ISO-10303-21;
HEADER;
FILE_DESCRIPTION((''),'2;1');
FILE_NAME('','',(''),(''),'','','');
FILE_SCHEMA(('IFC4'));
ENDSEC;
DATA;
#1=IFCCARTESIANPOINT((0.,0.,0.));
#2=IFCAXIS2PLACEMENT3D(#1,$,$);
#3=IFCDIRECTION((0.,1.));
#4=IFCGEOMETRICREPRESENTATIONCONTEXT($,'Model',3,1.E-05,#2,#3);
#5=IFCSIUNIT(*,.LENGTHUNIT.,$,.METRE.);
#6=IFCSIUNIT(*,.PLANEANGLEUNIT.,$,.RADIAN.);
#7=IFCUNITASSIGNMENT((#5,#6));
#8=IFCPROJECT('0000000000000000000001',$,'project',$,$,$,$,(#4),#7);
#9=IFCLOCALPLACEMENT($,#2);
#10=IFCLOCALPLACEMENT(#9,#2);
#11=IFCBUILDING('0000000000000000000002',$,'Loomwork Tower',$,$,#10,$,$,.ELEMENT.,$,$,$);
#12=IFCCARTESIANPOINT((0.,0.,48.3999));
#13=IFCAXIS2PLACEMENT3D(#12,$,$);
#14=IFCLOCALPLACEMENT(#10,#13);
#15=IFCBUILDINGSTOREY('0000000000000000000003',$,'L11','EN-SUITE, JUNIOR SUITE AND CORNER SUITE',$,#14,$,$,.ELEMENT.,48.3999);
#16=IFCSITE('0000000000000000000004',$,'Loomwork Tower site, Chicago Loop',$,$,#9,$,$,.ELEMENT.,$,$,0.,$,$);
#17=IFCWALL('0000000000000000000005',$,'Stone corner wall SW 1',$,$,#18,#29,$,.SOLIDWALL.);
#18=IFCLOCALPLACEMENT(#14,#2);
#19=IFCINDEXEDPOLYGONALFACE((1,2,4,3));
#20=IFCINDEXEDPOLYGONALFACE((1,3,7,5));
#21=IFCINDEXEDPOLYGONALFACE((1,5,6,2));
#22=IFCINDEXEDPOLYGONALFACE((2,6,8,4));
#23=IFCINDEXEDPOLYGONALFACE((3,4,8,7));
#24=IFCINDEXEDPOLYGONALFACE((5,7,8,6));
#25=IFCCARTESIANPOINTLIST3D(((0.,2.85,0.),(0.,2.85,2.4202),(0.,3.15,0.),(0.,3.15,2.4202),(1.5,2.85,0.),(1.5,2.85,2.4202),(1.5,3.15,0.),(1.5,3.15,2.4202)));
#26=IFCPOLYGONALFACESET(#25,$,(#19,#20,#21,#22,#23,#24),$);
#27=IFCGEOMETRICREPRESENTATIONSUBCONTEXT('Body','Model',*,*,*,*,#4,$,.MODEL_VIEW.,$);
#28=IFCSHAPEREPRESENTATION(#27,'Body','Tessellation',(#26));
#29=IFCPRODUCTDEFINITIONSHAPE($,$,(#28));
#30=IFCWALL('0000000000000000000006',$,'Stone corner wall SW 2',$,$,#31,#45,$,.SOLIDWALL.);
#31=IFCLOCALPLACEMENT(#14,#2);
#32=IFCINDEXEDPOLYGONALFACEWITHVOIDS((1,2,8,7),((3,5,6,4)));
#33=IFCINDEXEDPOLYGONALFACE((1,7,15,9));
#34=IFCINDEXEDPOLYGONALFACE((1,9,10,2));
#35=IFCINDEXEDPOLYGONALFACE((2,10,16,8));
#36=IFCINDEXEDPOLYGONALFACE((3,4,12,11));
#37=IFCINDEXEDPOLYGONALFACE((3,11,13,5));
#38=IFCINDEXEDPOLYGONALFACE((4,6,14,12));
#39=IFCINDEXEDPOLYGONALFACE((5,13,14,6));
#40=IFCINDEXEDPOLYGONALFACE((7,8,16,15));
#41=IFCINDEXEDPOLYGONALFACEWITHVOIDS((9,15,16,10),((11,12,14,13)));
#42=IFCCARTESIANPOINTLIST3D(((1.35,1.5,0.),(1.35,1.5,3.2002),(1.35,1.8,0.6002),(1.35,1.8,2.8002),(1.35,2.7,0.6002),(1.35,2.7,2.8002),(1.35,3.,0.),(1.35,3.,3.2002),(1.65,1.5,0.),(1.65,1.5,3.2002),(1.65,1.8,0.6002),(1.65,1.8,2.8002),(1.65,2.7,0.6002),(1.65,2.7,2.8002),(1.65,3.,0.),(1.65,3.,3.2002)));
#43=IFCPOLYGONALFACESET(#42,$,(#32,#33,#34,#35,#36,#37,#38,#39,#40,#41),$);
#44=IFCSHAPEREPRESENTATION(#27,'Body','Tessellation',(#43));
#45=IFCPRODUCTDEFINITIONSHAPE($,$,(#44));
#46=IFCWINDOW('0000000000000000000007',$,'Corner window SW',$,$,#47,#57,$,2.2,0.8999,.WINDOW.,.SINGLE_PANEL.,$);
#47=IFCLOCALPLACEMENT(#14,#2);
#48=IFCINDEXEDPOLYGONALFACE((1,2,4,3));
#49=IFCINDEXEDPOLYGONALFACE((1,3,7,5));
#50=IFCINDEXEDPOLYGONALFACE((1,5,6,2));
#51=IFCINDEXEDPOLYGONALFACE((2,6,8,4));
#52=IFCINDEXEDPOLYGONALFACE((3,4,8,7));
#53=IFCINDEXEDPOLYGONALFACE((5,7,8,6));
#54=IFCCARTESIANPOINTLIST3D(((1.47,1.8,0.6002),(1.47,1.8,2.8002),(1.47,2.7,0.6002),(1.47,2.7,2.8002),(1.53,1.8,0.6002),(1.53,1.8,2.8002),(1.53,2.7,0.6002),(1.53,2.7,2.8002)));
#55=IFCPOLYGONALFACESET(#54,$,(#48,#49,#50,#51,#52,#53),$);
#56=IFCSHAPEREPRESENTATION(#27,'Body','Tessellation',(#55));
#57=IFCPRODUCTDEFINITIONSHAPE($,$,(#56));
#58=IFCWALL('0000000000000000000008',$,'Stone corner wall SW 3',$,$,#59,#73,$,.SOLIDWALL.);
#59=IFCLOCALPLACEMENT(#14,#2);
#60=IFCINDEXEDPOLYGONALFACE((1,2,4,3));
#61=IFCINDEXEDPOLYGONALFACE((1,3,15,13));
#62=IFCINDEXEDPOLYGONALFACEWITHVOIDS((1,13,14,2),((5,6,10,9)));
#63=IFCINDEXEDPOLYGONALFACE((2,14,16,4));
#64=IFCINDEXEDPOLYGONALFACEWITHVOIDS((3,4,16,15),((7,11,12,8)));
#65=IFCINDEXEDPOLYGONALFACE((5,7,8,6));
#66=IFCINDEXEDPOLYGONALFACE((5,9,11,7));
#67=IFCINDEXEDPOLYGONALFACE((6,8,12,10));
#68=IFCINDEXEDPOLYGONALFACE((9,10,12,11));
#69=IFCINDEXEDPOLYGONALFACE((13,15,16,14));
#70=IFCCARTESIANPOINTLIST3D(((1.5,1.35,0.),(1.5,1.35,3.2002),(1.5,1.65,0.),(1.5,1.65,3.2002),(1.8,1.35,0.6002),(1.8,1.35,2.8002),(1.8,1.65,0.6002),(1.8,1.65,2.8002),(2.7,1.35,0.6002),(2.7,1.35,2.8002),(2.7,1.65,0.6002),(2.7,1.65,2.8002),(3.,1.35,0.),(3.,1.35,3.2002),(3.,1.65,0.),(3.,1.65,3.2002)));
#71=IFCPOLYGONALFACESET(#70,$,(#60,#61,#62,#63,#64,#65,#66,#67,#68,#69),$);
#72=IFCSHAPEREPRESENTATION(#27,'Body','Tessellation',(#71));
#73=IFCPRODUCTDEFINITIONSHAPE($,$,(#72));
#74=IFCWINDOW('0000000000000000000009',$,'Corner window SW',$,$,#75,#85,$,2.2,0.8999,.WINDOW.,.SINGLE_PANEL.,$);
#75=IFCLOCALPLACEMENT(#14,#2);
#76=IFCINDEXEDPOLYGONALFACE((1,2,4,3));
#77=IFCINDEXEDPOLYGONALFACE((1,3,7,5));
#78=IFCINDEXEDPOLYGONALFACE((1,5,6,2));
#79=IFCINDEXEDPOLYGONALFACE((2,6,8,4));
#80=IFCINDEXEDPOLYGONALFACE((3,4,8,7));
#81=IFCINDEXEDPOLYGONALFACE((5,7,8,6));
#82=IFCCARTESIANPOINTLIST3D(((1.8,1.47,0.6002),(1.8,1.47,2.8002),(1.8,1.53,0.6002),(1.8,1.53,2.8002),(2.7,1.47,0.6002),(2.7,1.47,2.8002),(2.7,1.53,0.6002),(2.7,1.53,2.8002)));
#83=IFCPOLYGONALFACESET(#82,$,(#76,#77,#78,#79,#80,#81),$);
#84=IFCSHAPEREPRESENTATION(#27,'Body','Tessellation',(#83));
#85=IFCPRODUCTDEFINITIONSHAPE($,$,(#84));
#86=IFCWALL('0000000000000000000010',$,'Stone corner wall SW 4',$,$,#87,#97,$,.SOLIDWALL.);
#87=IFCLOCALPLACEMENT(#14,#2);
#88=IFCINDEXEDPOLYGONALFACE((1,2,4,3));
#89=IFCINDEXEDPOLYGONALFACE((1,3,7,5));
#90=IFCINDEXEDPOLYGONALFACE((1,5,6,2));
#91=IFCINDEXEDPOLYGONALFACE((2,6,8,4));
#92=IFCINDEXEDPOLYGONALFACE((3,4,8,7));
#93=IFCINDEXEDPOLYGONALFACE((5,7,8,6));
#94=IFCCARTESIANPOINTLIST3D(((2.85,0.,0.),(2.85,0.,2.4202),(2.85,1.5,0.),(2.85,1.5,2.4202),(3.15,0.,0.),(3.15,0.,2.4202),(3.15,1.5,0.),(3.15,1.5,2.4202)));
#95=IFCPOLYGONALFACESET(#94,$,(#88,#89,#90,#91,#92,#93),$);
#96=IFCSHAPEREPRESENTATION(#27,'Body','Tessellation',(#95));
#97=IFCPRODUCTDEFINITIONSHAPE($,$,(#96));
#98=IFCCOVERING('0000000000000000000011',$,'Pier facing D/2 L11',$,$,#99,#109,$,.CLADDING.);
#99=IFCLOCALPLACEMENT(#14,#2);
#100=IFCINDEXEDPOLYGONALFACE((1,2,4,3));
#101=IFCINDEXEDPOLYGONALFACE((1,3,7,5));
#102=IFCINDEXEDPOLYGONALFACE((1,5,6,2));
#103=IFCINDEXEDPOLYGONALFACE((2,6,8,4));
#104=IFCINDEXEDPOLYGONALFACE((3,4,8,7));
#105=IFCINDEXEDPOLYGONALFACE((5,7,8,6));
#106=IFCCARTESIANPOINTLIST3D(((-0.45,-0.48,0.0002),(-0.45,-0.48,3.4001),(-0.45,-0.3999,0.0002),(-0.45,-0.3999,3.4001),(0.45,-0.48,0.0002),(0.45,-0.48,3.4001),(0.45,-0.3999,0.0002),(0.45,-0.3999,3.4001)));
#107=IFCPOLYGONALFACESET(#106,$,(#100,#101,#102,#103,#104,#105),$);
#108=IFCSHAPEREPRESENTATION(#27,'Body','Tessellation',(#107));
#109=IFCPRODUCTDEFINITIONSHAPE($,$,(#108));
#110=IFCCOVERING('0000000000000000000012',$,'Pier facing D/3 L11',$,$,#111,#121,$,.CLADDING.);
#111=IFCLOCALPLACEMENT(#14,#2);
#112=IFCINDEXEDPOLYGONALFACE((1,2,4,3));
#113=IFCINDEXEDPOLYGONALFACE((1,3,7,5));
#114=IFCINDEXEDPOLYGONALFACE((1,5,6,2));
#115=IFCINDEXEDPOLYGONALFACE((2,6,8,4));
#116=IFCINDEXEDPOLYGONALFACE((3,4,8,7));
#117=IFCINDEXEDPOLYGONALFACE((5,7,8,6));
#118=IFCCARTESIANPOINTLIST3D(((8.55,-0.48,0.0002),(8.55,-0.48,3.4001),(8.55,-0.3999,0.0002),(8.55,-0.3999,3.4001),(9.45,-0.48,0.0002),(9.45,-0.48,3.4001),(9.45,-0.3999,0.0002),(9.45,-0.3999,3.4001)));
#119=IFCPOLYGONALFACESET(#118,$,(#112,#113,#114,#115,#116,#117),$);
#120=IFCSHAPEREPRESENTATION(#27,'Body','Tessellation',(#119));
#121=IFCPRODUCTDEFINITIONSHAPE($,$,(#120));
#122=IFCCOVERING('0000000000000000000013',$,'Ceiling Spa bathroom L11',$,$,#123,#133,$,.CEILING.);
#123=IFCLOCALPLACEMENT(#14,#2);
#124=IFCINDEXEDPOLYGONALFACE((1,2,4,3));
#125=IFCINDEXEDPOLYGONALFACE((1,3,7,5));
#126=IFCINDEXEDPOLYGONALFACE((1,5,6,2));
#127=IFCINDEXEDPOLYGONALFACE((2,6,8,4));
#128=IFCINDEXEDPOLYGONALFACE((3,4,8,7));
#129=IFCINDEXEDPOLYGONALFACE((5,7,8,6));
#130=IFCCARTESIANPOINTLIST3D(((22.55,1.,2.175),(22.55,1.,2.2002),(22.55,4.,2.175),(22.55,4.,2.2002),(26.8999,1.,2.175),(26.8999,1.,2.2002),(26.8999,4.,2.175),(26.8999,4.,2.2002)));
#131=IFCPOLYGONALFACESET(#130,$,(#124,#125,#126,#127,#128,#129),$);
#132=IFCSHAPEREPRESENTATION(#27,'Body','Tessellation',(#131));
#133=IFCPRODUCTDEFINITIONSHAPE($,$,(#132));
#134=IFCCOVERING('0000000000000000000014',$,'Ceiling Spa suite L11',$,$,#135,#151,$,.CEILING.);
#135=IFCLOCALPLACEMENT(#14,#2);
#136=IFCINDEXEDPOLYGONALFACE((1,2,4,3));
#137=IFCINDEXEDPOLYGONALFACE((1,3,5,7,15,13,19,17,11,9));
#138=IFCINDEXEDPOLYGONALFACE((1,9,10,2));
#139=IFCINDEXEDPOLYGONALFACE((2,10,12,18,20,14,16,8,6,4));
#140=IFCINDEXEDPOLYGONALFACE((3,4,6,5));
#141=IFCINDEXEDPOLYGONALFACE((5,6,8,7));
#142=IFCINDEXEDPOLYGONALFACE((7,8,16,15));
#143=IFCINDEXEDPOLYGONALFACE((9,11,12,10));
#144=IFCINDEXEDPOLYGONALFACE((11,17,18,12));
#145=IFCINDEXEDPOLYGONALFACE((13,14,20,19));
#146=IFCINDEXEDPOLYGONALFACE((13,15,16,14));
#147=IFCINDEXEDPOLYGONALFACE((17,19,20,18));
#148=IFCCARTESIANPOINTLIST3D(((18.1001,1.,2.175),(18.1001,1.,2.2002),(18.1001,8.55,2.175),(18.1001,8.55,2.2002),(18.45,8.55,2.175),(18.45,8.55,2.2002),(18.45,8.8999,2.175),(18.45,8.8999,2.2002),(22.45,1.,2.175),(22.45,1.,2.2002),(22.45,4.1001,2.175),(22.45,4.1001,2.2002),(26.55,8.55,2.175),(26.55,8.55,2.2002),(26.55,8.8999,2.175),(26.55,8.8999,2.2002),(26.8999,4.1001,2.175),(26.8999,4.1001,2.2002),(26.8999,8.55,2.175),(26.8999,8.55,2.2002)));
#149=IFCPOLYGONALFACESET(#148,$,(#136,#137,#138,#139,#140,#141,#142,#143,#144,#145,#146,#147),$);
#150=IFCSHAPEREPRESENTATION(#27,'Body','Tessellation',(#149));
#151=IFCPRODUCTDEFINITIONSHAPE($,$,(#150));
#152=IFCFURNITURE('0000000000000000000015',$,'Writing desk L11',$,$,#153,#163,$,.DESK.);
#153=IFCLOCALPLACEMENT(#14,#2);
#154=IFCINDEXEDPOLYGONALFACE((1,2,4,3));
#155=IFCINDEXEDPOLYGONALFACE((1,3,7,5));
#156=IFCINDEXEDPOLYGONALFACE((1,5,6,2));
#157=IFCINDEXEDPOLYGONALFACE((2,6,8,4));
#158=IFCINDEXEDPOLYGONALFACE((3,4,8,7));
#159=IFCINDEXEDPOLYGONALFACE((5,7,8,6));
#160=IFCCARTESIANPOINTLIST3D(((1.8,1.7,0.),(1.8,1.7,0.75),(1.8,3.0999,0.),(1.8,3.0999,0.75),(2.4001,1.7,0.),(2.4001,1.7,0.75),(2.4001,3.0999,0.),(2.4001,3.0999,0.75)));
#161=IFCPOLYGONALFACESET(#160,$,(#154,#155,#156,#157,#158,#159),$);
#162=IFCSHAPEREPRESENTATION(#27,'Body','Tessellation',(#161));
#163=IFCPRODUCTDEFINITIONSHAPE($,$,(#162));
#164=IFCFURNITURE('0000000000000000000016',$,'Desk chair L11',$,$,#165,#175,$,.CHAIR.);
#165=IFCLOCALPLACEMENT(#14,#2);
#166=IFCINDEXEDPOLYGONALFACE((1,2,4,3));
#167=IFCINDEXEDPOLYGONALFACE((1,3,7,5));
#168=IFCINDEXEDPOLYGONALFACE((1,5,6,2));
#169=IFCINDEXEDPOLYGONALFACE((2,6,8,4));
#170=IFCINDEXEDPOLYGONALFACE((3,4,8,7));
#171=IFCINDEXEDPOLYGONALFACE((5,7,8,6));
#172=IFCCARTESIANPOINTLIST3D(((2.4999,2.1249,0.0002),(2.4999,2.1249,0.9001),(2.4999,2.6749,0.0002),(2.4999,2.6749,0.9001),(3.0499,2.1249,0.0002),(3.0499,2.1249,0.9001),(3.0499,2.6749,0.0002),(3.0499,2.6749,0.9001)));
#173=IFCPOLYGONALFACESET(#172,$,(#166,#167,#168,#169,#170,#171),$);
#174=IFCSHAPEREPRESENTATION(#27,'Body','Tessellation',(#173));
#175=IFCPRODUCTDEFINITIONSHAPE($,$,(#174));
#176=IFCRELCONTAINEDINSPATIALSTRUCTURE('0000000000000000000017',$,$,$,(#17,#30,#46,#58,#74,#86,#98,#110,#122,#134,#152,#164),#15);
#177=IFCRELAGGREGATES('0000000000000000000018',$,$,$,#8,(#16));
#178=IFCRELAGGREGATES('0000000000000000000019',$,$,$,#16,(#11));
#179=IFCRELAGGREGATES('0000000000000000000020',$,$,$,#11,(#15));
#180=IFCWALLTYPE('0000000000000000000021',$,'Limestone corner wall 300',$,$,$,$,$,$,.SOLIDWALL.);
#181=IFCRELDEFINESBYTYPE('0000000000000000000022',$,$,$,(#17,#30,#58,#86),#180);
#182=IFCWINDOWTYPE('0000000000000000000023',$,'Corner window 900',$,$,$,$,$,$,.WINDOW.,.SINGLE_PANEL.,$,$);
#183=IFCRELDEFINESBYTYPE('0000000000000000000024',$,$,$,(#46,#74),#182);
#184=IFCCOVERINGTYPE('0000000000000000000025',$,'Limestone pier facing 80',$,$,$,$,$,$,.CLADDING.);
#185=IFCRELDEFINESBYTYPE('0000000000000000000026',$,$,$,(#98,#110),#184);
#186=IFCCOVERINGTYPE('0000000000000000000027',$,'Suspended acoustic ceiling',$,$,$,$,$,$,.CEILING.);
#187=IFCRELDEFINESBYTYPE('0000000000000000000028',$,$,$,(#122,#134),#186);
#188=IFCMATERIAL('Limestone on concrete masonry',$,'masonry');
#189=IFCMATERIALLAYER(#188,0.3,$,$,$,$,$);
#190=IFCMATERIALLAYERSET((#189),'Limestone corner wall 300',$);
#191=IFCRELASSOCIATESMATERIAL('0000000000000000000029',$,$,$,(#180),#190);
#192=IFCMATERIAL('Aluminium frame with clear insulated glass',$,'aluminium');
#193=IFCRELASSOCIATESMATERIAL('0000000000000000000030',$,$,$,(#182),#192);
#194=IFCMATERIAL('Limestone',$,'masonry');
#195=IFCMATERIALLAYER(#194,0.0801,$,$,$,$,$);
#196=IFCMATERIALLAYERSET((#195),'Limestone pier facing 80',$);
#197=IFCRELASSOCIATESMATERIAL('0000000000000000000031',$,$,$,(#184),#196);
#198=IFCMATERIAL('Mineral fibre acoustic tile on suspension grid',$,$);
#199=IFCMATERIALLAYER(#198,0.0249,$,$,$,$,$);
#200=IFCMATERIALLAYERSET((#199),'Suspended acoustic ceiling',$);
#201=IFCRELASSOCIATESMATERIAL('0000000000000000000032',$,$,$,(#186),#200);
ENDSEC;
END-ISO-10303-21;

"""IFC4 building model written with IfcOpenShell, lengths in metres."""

from ifc_helpers import new_model, si_unit, direction, frame, frame_2d, origin, origin_2d, place, context, subcontext, project, spatial, polyline, rectangle, outline, extrude, material, layer, layer_set, type_object, element, fill, save


model = new_model("IFC4")

# Units and contexts
model_context = context("Model", 3, precision=1e-05, world=origin(), true_north=direction((0.0, 1.0)))
body_context = subcontext(model_context, "Body", "Model", "MODEL_VIEW")
ifc_project = project(units=[si_unit("LENGTHUNIT", "METRE"), si_unit("PLANEANGLEUNIT", "RADIAN")], contexts=[model_context])

# Site, building, storey
site_placement = place(None, origin())
site = spatial("IfcSite", under=ifc_project, at=site_placement, Name="Loomwork Tower site, Chicago Loop", CompositionType="ELEMENT", RefElevation=0.0)
building_placement = place(site_placement, origin())
building = spatial("IfcBuilding", under=site, at=building_placement, Name="Loomwork Tower", CompositionType="ELEMENT")
storey_placement = place(building_placement, frame((0.0, 0.0, 48.3999)))
storey = spatial("IfcBuildingStorey", under=building, at=storey_placement, Name="L11", Description="EN-SUITE, JUNIOR SUITE AND CORNER SUITE", CompositionType="ELEMENT", Elevation=48.3999)

# Wall
ifc_material_1 = material(Name="Limestone on concrete masonry", Category="masonry")
ifc_layer_1 = layer(ifc_material_1, 0.3)
ifc_layer_set_1 = layer_set([ifc_layer_1], Name="Limestone corner wall 300")
wall_type_1 = type_object("IfcWallType", Name="Limestone corner wall 300", PredefinedType="SOLIDWALL", material=ifc_layer_set_1)
wall_1_placement = place(storey_placement, frame((0.0, 3.0, 0.0), z_axis=(0.0, 0.0, 1.0), x_axis=(1.0, 0.0, 0.0)))
element("IfcWall", 1, at=wall_1_placement, inside=storey, type_object=wall_type_1, Name="Stone corner wall SW 1", PredefinedType="SOLIDWALL", context=body_context, shape_type="SweptSolid", body=[
    extrude(rectangle(XDim=1.5, YDim=0.3, at=frame_2d((0.75, 0.0))), origin(), (0.0, 0.0, 1.0), 2.4202),
])

# Walls, openings, windows
wall_2_placement = place(storey_placement, frame((1.5, 3.0, 0.0), z_axis=(0.0, 0.0, 1.0), x_axis=(0.0, -1.0, 0.0)))
wall_2 = element("IfcWall", 2, at=wall_2_placement, inside=storey, type_object=wall_type_1, Name="Stone corner wall SW 2", PredefinedType="SOLIDWALL", context=body_context, shape_type="SweptSolid", body=[
    extrude(rectangle(XDim=1.5, YDim=0.3, at=frame_2d((0.75, 0.0))), origin(), (0.0, 0.0, 1.0), 3.2002),
])
opening_1_placement = place(wall_2_placement, frame((0.3, 0.0, 0.6001)))
opening_1 = element("IfcOpeningElement", 3, at=opening_1_placement, cuts=wall_2, PredefinedType="OPENING", context=body_context, shape_type="SweptSolid", body=[
    extrude(rectangle(XDim=0.8999, YDim=2.2, at=frame_2d((0.45, 1.1001))), frame((0.0, 0.1599, 0.0), z_axis=(0.0, -1.0, 0.0), x_axis=(1.0, 0.0, 0.0)), (0.0, 0.0, 1.0), 0.3201),
])
ifc_material_2 = material(Name="Aluminium frame with clear insulated glass", Category="aluminium")
window_type_1 = type_object("IfcWindowType", Name="Corner window 900", PartitioningType="SINGLE_PANEL", PredefinedType="WINDOW", material=ifc_material_2)
window_1_placement = place(opening_1_placement, origin())
window_1 = element("IfcWindow", 4, at=window_1_placement, inside=storey, type_object=window_type_1, Name="Corner window SW", OverallHeight=2.2, OverallWidth=0.8999, PartitioningType="SINGLE_PANEL", PredefinedType="WINDOW", context=body_context, shape_type="SweptSolid", body=[
    extrude(rectangle(XDim=0.8999, YDim=2.2, at=frame_2d((0.45, 1.1001))), frame((0.0, 0.03, 0.0), z_axis=(0.0, -1.0, 0.0), x_axis=(1.0, 0.0, 0.0)), (0.0, 0.0, 1.0), 0.0601),
])
fill(opening_1, window_1)
wall_3_placement = place(storey_placement, frame((1.5, 1.5, 0.0), z_axis=(0.0, 0.0, 1.0), x_axis=(1.0, 0.0, 0.0)))
wall_3 = element("IfcWall", 5, at=wall_3_placement, inside=storey, type_object=wall_type_1, Name="Stone corner wall SW 3", PredefinedType="SOLIDWALL", context=body_context, shape_type="SweptSolid", body=[
    extrude(rectangle(XDim=1.5, YDim=0.3, at=frame_2d((0.75, 0.0))), origin(), (0.0, 0.0, 1.0), 3.2002),
])
opening_2_placement = place(wall_3_placement, frame((0.3, 0.0, 0.6001)))
opening_2 = element("IfcOpeningElement", 6, at=opening_2_placement, cuts=wall_3, PredefinedType="OPENING", context=body_context, shape_type="SweptSolid", body=[
    extrude(rectangle(XDim=0.8999, YDim=2.2, at=frame_2d((0.45, 1.1001))), frame((0.0, 0.1599, 0.0), z_axis=(0.0, -1.0, 0.0), x_axis=(1.0, 0.0, 0.0)), (0.0, 0.0, 1.0), 0.3201),
])
window_2_placement = place(opening_2_placement, origin())
window_2 = element("IfcWindow", 7, at=window_2_placement, inside=storey, type_object=window_type_1, Name="Corner window SW", OverallHeight=2.2, OverallWidth=0.8999, PartitioningType="SINGLE_PANEL", PredefinedType="WINDOW", context=body_context, shape_type="SweptSolid", body=[
    extrude(rectangle(XDim=0.8999, YDim=2.2, at=frame_2d((0.45, 1.1001))), frame((0.0, 0.03, 0.0), z_axis=(0.0, -1.0, 0.0), x_axis=(1.0, 0.0, 0.0)), (0.0, 0.0, 1.0), 0.0601),
])
fill(opening_2, window_2)

# Wall
wall_4_placement = place(storey_placement, frame((3.0, 1.5, 0.0), z_axis=(0.0, 0.0, 1.0), x_axis=(0.0, -1.0, 0.0)))
element("IfcWall", 8, at=wall_4_placement, inside=storey, type_object=wall_type_1, Name="Stone corner wall SW 4", PredefinedType="SOLIDWALL", context=body_context, shape_type="SweptSolid", body=[
    extrude(rectangle(XDim=1.5, YDim=0.3, at=frame_2d((0.75, 0.0))), origin(), (0.0, 0.0, 1.0), 2.4202),
])

# Coverings
ifc_material_3 = material(Name="Limestone", Category="masonry")
ifc_layer_2 = layer(ifc_material_3, 0.0801)
ifc_layer_set_2 = layer_set([ifc_layer_2], Name="Limestone pier facing 80")
covering_type_1 = type_object("IfcCoveringType", Name="Limestone pier facing 80", PredefinedType="CLADDING", material=ifc_layer_set_2)
for number, where, z_axis, x_axis, name in (
    (9, (0.0, -0.4399, 0.0002), (0.0, 0.0, 1.0), (1.0, 0.0, 0.0), "Pier facing D/2 L11"),
    (10, (9.0, -0.4399, 0.0002), (0.0, 0.0, 1.0), (1.0, 0.0, 0.0), "Pier facing D/3 L11"),
):
    element("IfcCovering", number, at=place(storey_placement, frame(where, z_axis=z_axis, x_axis=x_axis)), inside=storey, type_object=covering_type_1, Name=name, PredefinedType="CLADDING", context=body_context, shape_type="SweptSolid", body=[
        extrude(rectangle(XDim=0.8999, YDim=0.0801, at=origin_2d()), origin(), (0.0, 0.0, 1.0), 3.3999),
    ])
ifc_material_4 = material(Name="Mineral fibre acoustic tile on suspension grid")
ifc_layer_3 = layer(ifc_material_4, 0.0249)
ifc_layer_set_3 = layer_set([ifc_layer_3], Name="Suspended acoustic ceiling")
covering_type_2 = type_object("IfcCoveringType", Name="Suspended acoustic ceiling", PredefinedType="CEILING", material=ifc_layer_set_3)
covering_1_placement = place(storey_placement, frame((0.0, 0.0, 2.175)))
element("IfcCovering", 11, at=covering_1_placement, inside=storey, type_object=covering_type_2, Name="Ceiling Spa bathroom L11", PredefinedType="CEILING", context=body_context, shape_type="SweptSolid", body=[
    extrude(outline(polyline([(26.8999, 4.0), (26.8999, 1.0), (22.55, 1.0), (22.55, 4.0), (26.8999, 4.0)])), origin(), (0.0, 0.0, 1.0), 0.0251),
])
covering_2_placement = place(storey_placement, frame((0.0, 0.0, 2.175)))
element("IfcCovering", 12, at=covering_2_placement, inside=storey, type_object=covering_type_2, Name="Ceiling Spa suite L11", PredefinedType="CEILING", context=body_context, shape_type="SweptSolid", body=[
    extrude(outline(polyline([(26.55, 8.8999), (26.55, 8.55), (26.8999, 8.55), (26.8999, 4.1001), (22.45, 4.1001), (22.45, 1.0), (18.1001, 1.0), (18.1001, 8.55), (18.45, 8.55), (18.45, 8.8999), (26.55, 8.8999)])), origin(), (0.0, 0.0, 1.0), 0.0251),
])

# Furniture
furniture_1_placement = place(storey_placement, frame((2.1001, 2.3999, 0.0), z_axis=(0.0, 0.0, 1.0), x_axis=(1.0, 0.0, 0.0)))
element("IfcFurniture", 13, at=furniture_1_placement, inside=storey, Name="Writing desk L11", PredefinedType="DESK", context=body_context, shape_type="SweptSolid", body=[
    extrude(rectangle(XDim=0.6001, YDim=1.3999, at=origin_2d()), origin(), (0.0, 0.0, 1.0), 0.75),
])
furniture_2_placement = place(storey_placement, frame((2.7749, 2.3999, 0.0002), z_axis=(0.0, 0.0, 1.0), x_axis=(1.0, 0.0, 0.0)))
element("IfcFurniture", 14, at=furniture_2_placement, inside=storey, Name="Desk chair L11", PredefinedType="CHAIR", context=body_context, shape_type="SweptSolid", body=[
    extrude(rectangle(XDim=0.55, YDim=0.55, at=origin_2d()), origin(), (0.0, 0.0, 1.0), 0.8999),
])

save(model, "model.ifc")
